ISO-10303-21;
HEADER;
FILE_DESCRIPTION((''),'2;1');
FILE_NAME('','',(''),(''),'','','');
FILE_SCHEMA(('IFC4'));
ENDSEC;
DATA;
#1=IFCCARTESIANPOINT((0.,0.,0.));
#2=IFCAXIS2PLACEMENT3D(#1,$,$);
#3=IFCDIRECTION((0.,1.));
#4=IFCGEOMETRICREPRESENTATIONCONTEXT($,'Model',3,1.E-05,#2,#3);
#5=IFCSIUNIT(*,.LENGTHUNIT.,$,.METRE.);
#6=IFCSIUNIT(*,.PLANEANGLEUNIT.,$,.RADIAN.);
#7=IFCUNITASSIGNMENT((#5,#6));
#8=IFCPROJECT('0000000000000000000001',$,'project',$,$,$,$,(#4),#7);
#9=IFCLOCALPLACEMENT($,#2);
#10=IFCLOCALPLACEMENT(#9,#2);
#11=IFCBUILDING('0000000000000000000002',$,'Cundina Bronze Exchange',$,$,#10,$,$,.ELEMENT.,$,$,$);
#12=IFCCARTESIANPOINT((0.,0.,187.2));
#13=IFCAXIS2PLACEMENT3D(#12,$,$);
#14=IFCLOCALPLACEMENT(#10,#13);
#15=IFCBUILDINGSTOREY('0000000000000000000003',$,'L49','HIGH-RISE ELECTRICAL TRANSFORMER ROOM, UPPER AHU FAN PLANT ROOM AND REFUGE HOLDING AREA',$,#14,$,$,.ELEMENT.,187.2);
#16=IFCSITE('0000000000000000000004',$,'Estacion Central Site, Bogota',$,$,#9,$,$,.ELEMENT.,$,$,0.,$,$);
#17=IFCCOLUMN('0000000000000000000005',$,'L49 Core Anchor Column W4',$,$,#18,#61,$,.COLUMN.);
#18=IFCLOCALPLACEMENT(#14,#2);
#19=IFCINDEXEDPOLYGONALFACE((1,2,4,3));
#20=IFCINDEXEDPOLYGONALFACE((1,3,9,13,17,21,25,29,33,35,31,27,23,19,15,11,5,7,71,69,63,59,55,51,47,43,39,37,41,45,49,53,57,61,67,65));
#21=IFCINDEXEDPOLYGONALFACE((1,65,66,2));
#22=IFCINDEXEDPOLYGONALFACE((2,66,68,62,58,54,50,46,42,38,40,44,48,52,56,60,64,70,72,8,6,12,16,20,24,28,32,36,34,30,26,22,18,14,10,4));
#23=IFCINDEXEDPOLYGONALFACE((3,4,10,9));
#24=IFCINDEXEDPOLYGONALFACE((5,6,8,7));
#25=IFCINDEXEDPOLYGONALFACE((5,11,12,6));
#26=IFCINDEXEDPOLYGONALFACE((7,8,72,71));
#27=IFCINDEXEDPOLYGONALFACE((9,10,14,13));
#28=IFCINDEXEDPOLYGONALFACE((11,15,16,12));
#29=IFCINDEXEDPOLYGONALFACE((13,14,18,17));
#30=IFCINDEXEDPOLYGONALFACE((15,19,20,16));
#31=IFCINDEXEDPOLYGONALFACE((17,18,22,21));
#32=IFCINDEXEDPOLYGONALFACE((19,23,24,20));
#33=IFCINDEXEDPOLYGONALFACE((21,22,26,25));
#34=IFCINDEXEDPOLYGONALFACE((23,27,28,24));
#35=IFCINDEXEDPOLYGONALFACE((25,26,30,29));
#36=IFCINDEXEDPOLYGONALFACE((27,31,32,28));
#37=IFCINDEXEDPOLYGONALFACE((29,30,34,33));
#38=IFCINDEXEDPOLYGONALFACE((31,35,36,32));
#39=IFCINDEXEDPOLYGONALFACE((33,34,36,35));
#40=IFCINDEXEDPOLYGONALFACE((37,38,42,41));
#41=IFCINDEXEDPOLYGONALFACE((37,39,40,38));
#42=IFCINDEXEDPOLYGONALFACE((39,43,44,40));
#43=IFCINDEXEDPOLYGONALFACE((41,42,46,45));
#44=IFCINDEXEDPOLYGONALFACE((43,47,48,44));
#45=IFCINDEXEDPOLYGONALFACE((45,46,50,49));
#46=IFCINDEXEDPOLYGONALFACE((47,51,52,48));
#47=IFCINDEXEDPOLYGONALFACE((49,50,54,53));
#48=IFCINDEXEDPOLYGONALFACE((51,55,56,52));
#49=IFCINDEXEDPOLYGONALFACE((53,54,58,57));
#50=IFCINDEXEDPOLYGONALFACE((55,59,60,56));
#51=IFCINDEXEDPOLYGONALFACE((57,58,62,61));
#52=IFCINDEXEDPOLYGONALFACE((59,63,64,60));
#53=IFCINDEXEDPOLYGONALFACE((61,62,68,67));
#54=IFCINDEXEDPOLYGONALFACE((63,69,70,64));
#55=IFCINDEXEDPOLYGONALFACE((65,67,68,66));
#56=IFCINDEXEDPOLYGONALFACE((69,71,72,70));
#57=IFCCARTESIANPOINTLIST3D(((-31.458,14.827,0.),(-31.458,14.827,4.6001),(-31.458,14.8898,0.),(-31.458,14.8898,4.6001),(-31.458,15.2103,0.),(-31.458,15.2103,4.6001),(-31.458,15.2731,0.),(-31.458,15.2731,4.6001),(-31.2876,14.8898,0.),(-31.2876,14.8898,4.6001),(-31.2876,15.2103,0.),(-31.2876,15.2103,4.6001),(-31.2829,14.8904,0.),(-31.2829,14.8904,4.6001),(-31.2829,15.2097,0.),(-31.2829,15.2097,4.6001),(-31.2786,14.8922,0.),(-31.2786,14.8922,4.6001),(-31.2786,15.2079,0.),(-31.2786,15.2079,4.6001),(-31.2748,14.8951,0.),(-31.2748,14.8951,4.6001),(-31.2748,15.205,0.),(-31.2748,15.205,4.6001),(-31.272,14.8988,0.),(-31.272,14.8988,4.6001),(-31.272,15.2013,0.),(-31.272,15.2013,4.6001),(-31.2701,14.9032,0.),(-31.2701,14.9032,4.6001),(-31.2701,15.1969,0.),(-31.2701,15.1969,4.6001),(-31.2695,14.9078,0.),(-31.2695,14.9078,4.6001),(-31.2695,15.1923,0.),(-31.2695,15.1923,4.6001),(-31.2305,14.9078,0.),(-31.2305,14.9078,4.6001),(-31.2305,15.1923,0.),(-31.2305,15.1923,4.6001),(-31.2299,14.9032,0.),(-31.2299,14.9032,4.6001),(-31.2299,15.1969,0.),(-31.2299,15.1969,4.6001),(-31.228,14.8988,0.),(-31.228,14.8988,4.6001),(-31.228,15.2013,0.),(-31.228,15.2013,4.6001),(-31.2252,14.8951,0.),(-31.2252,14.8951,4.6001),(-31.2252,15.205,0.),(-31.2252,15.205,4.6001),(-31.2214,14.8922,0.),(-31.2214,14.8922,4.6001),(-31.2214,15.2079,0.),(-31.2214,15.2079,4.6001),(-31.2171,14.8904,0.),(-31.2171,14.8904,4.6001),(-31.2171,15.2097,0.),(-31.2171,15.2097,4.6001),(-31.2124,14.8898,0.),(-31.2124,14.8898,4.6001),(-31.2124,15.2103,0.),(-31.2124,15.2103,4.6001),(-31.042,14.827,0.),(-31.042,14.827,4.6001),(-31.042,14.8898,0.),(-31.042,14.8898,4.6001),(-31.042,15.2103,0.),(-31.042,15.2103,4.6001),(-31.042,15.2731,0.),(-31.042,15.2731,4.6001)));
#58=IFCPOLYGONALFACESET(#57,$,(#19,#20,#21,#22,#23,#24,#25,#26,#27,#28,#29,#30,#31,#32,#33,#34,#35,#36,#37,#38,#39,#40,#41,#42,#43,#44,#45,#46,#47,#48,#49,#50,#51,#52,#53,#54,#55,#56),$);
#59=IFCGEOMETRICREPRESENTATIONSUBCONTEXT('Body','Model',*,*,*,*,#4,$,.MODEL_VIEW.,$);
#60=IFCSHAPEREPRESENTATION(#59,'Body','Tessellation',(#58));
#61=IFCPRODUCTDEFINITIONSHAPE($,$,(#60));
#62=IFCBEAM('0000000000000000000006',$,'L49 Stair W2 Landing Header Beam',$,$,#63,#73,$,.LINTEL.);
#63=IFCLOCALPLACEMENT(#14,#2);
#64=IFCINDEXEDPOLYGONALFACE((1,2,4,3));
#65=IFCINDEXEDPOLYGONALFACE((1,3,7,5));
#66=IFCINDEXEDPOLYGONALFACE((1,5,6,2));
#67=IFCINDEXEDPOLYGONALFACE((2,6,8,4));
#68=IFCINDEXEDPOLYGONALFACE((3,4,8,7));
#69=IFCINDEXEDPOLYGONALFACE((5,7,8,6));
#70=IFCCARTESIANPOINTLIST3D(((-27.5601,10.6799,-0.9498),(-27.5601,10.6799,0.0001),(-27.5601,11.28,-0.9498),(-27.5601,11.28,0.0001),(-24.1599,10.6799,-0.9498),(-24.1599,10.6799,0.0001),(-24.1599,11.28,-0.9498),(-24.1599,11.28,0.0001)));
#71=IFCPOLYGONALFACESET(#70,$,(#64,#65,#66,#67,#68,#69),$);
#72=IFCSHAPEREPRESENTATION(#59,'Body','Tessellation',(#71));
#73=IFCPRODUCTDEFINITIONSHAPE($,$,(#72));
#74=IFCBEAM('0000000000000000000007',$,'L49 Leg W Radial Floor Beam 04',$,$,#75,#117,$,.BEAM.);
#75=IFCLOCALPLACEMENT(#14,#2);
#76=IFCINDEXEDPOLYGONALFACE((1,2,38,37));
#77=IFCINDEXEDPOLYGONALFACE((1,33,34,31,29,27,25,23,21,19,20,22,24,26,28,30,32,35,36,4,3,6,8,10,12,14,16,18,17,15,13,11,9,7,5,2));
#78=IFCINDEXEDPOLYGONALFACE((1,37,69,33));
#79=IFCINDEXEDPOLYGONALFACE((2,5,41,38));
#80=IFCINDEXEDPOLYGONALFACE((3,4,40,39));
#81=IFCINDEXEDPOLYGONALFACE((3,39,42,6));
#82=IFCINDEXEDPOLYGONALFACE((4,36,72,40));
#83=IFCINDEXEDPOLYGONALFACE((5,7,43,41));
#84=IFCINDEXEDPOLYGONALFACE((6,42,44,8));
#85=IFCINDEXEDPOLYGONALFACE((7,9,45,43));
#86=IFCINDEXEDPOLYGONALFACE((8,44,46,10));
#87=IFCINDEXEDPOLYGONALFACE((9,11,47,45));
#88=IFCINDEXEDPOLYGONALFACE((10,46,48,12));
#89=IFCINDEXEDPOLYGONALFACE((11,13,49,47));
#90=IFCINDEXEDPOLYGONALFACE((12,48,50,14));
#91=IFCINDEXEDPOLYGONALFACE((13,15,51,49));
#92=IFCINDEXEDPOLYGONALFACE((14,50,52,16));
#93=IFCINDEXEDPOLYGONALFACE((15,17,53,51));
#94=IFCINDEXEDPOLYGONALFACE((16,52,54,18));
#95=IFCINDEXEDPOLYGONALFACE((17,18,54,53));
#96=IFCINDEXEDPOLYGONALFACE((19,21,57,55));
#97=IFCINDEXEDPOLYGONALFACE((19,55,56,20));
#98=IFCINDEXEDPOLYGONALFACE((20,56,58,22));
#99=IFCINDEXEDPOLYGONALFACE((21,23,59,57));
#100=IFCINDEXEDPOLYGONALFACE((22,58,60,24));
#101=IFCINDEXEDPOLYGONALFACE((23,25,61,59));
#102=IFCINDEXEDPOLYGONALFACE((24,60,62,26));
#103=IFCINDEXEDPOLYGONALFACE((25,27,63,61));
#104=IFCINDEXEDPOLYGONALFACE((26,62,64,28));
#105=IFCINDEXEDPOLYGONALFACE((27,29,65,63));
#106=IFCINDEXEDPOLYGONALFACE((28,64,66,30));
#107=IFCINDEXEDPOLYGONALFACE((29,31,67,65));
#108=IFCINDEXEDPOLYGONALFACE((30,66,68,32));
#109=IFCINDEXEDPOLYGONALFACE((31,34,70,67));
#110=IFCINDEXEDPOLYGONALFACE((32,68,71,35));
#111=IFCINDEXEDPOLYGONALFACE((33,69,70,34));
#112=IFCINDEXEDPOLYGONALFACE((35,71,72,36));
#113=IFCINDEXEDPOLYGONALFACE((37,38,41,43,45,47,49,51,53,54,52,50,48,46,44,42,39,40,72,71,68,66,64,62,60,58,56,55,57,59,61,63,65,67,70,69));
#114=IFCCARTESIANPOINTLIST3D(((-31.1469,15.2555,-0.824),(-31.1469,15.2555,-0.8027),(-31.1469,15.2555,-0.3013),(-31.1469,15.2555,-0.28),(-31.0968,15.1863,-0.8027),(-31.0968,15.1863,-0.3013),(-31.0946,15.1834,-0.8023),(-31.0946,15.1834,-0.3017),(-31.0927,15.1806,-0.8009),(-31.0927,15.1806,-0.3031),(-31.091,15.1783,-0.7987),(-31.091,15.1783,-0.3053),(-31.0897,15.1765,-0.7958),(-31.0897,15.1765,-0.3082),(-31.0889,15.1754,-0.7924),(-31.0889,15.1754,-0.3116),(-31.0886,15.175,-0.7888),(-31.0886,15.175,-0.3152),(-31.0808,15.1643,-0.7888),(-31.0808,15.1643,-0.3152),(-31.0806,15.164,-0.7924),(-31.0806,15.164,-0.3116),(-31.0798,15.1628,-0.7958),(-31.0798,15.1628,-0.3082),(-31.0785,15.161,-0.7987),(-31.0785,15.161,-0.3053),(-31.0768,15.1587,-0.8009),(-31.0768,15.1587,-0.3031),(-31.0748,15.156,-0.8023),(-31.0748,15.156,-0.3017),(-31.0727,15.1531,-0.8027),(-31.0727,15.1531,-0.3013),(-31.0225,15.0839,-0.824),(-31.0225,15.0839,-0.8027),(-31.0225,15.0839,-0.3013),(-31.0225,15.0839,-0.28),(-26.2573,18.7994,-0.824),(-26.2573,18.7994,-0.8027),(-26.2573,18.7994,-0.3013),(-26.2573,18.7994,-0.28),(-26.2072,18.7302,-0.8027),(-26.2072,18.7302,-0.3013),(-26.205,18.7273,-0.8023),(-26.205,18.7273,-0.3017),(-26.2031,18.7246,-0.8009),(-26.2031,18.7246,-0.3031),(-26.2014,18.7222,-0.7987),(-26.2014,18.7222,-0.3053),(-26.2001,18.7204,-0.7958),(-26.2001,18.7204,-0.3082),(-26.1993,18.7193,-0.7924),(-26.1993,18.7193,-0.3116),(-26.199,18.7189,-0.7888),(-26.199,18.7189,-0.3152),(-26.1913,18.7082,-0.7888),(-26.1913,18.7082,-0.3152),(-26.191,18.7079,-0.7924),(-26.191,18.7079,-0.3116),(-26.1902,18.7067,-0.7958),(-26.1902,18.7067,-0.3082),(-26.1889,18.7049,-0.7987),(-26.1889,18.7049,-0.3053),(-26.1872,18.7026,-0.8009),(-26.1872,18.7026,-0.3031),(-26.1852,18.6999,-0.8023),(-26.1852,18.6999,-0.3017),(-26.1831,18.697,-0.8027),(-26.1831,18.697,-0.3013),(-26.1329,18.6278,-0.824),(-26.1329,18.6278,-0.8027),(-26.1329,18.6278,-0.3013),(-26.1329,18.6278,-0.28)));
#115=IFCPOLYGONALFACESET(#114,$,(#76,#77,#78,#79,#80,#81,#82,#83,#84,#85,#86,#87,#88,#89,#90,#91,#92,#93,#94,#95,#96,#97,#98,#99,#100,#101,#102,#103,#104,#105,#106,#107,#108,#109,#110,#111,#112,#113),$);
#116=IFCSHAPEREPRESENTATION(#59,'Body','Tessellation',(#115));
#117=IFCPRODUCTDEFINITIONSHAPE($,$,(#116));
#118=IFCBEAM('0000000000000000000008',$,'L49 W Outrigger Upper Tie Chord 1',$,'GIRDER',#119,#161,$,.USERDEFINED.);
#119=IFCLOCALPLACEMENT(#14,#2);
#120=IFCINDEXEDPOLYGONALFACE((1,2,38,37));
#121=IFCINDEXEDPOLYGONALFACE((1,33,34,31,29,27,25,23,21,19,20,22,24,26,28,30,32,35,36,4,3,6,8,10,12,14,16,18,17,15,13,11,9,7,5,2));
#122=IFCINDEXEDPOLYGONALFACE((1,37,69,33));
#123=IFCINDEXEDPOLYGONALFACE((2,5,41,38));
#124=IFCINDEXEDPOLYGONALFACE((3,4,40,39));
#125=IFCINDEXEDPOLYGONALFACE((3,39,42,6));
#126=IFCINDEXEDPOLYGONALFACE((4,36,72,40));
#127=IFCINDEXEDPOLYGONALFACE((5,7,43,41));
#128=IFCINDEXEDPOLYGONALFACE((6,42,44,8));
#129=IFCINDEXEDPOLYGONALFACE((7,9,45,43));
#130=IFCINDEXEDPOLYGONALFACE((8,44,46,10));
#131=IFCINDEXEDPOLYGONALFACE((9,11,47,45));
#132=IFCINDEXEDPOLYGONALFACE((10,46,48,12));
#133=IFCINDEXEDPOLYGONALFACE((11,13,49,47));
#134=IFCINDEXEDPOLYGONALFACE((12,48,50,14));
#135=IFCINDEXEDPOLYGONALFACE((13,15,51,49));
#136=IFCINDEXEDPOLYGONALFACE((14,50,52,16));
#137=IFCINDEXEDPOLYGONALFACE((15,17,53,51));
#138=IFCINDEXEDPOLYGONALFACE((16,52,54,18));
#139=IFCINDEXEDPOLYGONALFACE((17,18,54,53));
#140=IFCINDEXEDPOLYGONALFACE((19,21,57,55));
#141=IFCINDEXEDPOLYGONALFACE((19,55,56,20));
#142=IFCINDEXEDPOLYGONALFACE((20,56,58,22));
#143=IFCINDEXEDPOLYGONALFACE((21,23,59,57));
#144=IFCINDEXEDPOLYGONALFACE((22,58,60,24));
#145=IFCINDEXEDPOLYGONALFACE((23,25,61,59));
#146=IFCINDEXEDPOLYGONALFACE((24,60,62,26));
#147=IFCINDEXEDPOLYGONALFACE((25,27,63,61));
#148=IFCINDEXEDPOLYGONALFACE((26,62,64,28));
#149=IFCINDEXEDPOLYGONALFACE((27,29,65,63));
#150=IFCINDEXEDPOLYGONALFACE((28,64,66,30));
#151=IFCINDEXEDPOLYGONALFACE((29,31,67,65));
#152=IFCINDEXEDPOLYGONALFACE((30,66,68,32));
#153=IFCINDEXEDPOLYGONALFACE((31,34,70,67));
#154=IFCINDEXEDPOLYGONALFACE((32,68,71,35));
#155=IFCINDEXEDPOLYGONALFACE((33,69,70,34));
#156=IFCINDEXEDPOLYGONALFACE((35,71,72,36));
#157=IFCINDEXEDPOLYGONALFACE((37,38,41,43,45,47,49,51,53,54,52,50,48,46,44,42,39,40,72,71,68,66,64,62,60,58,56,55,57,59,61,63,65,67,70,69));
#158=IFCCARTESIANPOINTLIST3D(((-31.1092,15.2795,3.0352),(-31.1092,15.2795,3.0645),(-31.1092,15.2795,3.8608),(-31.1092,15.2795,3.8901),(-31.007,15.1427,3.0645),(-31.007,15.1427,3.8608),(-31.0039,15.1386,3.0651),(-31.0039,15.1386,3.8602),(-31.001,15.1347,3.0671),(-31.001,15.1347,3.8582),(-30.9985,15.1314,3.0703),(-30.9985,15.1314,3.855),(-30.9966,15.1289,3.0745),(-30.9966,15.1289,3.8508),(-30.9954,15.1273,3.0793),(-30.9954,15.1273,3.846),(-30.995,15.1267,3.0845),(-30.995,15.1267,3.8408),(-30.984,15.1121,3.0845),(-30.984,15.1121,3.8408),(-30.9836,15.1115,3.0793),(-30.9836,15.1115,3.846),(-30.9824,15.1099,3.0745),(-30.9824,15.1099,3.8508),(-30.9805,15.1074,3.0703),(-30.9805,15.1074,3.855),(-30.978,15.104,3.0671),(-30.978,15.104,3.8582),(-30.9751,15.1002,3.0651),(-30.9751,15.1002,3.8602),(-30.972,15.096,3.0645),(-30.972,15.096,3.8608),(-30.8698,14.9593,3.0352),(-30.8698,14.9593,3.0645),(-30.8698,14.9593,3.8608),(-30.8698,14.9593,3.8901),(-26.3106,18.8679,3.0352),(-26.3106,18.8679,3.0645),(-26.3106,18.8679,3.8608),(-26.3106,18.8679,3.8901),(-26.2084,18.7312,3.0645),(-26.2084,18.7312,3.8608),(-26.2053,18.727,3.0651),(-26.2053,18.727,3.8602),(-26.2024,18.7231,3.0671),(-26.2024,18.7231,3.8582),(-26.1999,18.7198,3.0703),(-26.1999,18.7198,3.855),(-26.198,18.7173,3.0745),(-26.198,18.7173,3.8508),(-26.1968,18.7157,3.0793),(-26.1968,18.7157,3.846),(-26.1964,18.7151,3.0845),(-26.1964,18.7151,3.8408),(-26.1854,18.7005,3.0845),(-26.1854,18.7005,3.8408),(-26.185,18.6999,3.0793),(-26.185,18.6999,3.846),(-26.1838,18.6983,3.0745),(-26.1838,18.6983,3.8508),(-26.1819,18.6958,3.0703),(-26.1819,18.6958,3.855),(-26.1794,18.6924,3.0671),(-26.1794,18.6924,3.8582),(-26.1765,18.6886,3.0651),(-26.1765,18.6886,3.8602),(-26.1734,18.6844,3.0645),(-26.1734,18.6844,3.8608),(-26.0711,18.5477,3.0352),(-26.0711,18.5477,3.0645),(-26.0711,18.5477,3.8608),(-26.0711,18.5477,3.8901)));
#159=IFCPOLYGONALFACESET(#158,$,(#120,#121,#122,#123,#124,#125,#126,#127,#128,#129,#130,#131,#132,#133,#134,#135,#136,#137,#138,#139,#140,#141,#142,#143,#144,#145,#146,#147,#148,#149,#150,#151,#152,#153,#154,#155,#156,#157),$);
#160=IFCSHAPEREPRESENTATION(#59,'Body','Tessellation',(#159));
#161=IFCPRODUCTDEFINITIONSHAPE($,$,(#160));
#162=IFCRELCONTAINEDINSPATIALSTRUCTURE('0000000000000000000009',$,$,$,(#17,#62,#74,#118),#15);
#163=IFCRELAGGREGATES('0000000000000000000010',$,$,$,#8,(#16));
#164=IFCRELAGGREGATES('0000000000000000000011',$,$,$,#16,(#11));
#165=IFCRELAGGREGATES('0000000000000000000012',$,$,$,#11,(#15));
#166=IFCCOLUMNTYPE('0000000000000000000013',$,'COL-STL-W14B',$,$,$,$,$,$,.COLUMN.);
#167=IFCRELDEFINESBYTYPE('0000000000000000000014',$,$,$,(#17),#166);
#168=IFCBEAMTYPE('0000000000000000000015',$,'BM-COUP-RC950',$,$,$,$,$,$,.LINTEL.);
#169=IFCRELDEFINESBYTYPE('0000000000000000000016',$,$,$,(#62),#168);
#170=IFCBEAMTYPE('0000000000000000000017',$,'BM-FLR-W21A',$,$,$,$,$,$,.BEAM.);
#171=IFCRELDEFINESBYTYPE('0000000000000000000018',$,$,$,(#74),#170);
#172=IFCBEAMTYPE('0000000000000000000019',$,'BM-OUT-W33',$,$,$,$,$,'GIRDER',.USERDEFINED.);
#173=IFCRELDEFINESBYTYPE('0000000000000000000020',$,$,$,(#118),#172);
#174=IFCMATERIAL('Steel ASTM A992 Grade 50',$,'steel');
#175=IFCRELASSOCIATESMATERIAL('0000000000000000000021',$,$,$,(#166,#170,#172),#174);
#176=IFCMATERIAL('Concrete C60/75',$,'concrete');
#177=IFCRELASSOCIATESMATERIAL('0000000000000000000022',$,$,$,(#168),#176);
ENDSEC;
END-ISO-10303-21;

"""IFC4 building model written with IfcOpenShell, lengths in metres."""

from ifc_helpers import new_model, si_unit, direction, frame, origin, origin_2d, place, context, subcontext, project, spatial, rectangle, i_section, extrude, material, material_profile, profile_set, type_object, element, save


model = new_model("IFC4")

# Units and contexts
model_context = context("Model", 3, precision=1e-05, world=origin(), true_north=direction((0.0, 1.0)))
body_context = subcontext(model_context, "Body", "Model", "MODEL_VIEW")
ifc_project = project(units=[si_unit("LENGTHUNIT", "METRE"), si_unit("PLANEANGLEUNIT", "RADIAN")], contexts=[model_context])

# Site, building, storey
site_placement = place(None, origin())
site = spatial("IfcSite", under=ifc_project, at=site_placement, Name="Estacion Central Site, Bogota", CompositionType="ELEMENT", RefElevation=0.0)
building_placement = place(site_placement, origin())
building = spatial("IfcBuilding", under=site, at=building_placement, Name="Cundina Bronze Exchange", CompositionType="ELEMENT")
storey_placement = place(building_placement, frame((0.0, 0.0, 187.2)))
storey = spatial("IfcBuildingStorey", under=building, at=storey_placement, Name="L49", Description="HIGH-RISE ELECTRICAL TRANSFORMER ROOM, UPPER AHU FAN PLANT ROOM AND REFUGE HOLDING AREA", CompositionType="ELEMENT", Elevation=187.2)

# Column
ifc_material_1 = material(Name="Steel ASTM A992 Grade 50", Category="steel")
ifc_material_profile_1 = material_profile(ifc_material_1, i_section(OverallWidth=0.416, OverallDepth=0.446, WebThickness=0.0391, FlangeThickness=0.0627, FilletRadius=0.0181, at=origin_2d()), Name="W14X342", Category="steel")
ifc_profile_set_1 = profile_set([ifc_material_profile_1], Name="Steel ASTM A992 Grade 50")
column_type = type_object("IfcColumnType", Name="COL-STL-W14B", PredefinedType="COLUMN", material=ifc_profile_set_1)
column_placement = place(storey_placement, frame((-31.25, 15.05, 0.0), z_axis=(0.0, 0.0, 1.0), x_axis=(1.0, 0.0, 0.0)))
element("IfcColumn", 1, at=column_placement, inside=storey, type_object=column_type, Name="L49 Core Anchor Column W4", PredefinedType="COLUMN", context=body_context, shape_type="SweptSolid", body=[
    extrude(i_section(OverallWidth=0.416, OverallDepth=0.446, WebThickness=0.0391, FlangeThickness=0.0627, FilletRadius=0.0181, at=origin_2d()), origin(), (0.0, 0.0, 1.0), 4.6001),
])

# Beams
ifc_material_2 = material(Name="Concrete C60/75", Category="concrete")
ifc_material_profile_2 = material_profile(ifc_material_2, rectangle(XDim=0.6001, YDim=0.95, at=origin_2d()), Name="RC600X950", Category="concrete")
ifc_profile_set_2 = profile_set([ifc_material_profile_2], Name="Concrete C60/75")
beam_type_1 = type_object("IfcBeamType", Name="BM-COUP-RC950", PredefinedType="LINTEL", material=ifc_profile_set_2)
beam_1_placement = place(storey_placement, frame((-27.5601, 10.98, -0.4749), z_axis=(1.0, 0.0, 0.0), x_axis=(0.0, 1.0, 0.0)))
element("IfcBeam", 2, at=beam_1_placement, inside=storey, type_object=beam_type_1, Name="L49 Stair W2 Landing Header Beam", PredefinedType="LINTEL", context=body_context, shape_type="SweptSolid", body=[
    extrude(rectangle(XDim=0.6001, YDim=0.95, at=origin_2d()), origin(), (0.0, 0.0, 1.0), 3.4001),
])
ifc_material_profile_3 = material_profile(ifc_material_1, i_section(OverallWidth=0.2119, OverallDepth=0.5439, WebThickness=0.0132, FlangeThickness=0.0212, FilletRadius=0.0139, at=origin_2d()), Name="W21X83", Category="steel")
ifc_profile_set_3 = profile_set([ifc_material_profile_3], Name="Steel ASTM A992 Grade 50")
beam_type_2 = type_object("IfcBeamType", Name="BM-FLR-W21A", PredefinedType="BEAM", material=ifc_profile_set_3)
beam_2_placement = place(storey_placement, frame((-31.0847, 15.1697, -0.552), z_axis=(0.809693, 0.586854, 0.0), x_axis=(-0.586854, 0.809693, 0.0)))
element("IfcBeam", 3, at=beam_2_placement, inside=storey, type_object=beam_type_2, Name="L49 Leg W Radial Floor Beam 04", PredefinedType="BEAM", context=body_context, shape_type="SweptSolid", body=[
    extrude(i_section(OverallWidth=0.2119, OverallDepth=0.5439, WebThickness=0.0132, FlangeThickness=0.0212, FilletRadius=0.0139, at=origin_2d()), origin(), (0.0, 0.0, 1.0), 6.0388),
])
ifc_material_profile_4 = material_profile(ifc_material_1, i_section(OverallWidth=0.3999, OverallDepth=0.855, WebThickness=0.0183, FlangeThickness=0.0293, FilletRadius=0.02, at=origin_2d()), Name="W33X201", Category="steel")
ifc_profile_set_4 = profile_set([ifc_material_profile_4], Name="Steel ASTM A992 Grade 50")
beam_type_3 = type_object("IfcBeamType", Name="BM-OUT-W33", ElementType="GIRDER", PredefinedType="USERDEFINED", material=ifc_profile_set_4)
beam_3_placement = place(storey_placement, frame((-30.9895, 15.1194, 3.4626), z_axis=(0.800845, 0.598872, 0.0), x_axis=(-0.598872, 0.800845, 0.0)))
element("IfcBeam", 4, at=beam_3_placement, inside=storey, type_object=beam_type_3, Name="L49 W Outrigger Upper Tie Chord 1", ObjectType="GIRDER", PredefinedType="USERDEFINED", context=body_context, shape_type="SweptSolid", body=[
    extrude(i_section(OverallWidth=0.3999, OverallDepth=0.855, WebThickness=0.0183, FlangeThickness=0.0293, FilletRadius=0.02, at=origin_2d()), origin(), (0.0, 0.0, 1.0), 5.9919),
])

save(model, "model.ifc")
